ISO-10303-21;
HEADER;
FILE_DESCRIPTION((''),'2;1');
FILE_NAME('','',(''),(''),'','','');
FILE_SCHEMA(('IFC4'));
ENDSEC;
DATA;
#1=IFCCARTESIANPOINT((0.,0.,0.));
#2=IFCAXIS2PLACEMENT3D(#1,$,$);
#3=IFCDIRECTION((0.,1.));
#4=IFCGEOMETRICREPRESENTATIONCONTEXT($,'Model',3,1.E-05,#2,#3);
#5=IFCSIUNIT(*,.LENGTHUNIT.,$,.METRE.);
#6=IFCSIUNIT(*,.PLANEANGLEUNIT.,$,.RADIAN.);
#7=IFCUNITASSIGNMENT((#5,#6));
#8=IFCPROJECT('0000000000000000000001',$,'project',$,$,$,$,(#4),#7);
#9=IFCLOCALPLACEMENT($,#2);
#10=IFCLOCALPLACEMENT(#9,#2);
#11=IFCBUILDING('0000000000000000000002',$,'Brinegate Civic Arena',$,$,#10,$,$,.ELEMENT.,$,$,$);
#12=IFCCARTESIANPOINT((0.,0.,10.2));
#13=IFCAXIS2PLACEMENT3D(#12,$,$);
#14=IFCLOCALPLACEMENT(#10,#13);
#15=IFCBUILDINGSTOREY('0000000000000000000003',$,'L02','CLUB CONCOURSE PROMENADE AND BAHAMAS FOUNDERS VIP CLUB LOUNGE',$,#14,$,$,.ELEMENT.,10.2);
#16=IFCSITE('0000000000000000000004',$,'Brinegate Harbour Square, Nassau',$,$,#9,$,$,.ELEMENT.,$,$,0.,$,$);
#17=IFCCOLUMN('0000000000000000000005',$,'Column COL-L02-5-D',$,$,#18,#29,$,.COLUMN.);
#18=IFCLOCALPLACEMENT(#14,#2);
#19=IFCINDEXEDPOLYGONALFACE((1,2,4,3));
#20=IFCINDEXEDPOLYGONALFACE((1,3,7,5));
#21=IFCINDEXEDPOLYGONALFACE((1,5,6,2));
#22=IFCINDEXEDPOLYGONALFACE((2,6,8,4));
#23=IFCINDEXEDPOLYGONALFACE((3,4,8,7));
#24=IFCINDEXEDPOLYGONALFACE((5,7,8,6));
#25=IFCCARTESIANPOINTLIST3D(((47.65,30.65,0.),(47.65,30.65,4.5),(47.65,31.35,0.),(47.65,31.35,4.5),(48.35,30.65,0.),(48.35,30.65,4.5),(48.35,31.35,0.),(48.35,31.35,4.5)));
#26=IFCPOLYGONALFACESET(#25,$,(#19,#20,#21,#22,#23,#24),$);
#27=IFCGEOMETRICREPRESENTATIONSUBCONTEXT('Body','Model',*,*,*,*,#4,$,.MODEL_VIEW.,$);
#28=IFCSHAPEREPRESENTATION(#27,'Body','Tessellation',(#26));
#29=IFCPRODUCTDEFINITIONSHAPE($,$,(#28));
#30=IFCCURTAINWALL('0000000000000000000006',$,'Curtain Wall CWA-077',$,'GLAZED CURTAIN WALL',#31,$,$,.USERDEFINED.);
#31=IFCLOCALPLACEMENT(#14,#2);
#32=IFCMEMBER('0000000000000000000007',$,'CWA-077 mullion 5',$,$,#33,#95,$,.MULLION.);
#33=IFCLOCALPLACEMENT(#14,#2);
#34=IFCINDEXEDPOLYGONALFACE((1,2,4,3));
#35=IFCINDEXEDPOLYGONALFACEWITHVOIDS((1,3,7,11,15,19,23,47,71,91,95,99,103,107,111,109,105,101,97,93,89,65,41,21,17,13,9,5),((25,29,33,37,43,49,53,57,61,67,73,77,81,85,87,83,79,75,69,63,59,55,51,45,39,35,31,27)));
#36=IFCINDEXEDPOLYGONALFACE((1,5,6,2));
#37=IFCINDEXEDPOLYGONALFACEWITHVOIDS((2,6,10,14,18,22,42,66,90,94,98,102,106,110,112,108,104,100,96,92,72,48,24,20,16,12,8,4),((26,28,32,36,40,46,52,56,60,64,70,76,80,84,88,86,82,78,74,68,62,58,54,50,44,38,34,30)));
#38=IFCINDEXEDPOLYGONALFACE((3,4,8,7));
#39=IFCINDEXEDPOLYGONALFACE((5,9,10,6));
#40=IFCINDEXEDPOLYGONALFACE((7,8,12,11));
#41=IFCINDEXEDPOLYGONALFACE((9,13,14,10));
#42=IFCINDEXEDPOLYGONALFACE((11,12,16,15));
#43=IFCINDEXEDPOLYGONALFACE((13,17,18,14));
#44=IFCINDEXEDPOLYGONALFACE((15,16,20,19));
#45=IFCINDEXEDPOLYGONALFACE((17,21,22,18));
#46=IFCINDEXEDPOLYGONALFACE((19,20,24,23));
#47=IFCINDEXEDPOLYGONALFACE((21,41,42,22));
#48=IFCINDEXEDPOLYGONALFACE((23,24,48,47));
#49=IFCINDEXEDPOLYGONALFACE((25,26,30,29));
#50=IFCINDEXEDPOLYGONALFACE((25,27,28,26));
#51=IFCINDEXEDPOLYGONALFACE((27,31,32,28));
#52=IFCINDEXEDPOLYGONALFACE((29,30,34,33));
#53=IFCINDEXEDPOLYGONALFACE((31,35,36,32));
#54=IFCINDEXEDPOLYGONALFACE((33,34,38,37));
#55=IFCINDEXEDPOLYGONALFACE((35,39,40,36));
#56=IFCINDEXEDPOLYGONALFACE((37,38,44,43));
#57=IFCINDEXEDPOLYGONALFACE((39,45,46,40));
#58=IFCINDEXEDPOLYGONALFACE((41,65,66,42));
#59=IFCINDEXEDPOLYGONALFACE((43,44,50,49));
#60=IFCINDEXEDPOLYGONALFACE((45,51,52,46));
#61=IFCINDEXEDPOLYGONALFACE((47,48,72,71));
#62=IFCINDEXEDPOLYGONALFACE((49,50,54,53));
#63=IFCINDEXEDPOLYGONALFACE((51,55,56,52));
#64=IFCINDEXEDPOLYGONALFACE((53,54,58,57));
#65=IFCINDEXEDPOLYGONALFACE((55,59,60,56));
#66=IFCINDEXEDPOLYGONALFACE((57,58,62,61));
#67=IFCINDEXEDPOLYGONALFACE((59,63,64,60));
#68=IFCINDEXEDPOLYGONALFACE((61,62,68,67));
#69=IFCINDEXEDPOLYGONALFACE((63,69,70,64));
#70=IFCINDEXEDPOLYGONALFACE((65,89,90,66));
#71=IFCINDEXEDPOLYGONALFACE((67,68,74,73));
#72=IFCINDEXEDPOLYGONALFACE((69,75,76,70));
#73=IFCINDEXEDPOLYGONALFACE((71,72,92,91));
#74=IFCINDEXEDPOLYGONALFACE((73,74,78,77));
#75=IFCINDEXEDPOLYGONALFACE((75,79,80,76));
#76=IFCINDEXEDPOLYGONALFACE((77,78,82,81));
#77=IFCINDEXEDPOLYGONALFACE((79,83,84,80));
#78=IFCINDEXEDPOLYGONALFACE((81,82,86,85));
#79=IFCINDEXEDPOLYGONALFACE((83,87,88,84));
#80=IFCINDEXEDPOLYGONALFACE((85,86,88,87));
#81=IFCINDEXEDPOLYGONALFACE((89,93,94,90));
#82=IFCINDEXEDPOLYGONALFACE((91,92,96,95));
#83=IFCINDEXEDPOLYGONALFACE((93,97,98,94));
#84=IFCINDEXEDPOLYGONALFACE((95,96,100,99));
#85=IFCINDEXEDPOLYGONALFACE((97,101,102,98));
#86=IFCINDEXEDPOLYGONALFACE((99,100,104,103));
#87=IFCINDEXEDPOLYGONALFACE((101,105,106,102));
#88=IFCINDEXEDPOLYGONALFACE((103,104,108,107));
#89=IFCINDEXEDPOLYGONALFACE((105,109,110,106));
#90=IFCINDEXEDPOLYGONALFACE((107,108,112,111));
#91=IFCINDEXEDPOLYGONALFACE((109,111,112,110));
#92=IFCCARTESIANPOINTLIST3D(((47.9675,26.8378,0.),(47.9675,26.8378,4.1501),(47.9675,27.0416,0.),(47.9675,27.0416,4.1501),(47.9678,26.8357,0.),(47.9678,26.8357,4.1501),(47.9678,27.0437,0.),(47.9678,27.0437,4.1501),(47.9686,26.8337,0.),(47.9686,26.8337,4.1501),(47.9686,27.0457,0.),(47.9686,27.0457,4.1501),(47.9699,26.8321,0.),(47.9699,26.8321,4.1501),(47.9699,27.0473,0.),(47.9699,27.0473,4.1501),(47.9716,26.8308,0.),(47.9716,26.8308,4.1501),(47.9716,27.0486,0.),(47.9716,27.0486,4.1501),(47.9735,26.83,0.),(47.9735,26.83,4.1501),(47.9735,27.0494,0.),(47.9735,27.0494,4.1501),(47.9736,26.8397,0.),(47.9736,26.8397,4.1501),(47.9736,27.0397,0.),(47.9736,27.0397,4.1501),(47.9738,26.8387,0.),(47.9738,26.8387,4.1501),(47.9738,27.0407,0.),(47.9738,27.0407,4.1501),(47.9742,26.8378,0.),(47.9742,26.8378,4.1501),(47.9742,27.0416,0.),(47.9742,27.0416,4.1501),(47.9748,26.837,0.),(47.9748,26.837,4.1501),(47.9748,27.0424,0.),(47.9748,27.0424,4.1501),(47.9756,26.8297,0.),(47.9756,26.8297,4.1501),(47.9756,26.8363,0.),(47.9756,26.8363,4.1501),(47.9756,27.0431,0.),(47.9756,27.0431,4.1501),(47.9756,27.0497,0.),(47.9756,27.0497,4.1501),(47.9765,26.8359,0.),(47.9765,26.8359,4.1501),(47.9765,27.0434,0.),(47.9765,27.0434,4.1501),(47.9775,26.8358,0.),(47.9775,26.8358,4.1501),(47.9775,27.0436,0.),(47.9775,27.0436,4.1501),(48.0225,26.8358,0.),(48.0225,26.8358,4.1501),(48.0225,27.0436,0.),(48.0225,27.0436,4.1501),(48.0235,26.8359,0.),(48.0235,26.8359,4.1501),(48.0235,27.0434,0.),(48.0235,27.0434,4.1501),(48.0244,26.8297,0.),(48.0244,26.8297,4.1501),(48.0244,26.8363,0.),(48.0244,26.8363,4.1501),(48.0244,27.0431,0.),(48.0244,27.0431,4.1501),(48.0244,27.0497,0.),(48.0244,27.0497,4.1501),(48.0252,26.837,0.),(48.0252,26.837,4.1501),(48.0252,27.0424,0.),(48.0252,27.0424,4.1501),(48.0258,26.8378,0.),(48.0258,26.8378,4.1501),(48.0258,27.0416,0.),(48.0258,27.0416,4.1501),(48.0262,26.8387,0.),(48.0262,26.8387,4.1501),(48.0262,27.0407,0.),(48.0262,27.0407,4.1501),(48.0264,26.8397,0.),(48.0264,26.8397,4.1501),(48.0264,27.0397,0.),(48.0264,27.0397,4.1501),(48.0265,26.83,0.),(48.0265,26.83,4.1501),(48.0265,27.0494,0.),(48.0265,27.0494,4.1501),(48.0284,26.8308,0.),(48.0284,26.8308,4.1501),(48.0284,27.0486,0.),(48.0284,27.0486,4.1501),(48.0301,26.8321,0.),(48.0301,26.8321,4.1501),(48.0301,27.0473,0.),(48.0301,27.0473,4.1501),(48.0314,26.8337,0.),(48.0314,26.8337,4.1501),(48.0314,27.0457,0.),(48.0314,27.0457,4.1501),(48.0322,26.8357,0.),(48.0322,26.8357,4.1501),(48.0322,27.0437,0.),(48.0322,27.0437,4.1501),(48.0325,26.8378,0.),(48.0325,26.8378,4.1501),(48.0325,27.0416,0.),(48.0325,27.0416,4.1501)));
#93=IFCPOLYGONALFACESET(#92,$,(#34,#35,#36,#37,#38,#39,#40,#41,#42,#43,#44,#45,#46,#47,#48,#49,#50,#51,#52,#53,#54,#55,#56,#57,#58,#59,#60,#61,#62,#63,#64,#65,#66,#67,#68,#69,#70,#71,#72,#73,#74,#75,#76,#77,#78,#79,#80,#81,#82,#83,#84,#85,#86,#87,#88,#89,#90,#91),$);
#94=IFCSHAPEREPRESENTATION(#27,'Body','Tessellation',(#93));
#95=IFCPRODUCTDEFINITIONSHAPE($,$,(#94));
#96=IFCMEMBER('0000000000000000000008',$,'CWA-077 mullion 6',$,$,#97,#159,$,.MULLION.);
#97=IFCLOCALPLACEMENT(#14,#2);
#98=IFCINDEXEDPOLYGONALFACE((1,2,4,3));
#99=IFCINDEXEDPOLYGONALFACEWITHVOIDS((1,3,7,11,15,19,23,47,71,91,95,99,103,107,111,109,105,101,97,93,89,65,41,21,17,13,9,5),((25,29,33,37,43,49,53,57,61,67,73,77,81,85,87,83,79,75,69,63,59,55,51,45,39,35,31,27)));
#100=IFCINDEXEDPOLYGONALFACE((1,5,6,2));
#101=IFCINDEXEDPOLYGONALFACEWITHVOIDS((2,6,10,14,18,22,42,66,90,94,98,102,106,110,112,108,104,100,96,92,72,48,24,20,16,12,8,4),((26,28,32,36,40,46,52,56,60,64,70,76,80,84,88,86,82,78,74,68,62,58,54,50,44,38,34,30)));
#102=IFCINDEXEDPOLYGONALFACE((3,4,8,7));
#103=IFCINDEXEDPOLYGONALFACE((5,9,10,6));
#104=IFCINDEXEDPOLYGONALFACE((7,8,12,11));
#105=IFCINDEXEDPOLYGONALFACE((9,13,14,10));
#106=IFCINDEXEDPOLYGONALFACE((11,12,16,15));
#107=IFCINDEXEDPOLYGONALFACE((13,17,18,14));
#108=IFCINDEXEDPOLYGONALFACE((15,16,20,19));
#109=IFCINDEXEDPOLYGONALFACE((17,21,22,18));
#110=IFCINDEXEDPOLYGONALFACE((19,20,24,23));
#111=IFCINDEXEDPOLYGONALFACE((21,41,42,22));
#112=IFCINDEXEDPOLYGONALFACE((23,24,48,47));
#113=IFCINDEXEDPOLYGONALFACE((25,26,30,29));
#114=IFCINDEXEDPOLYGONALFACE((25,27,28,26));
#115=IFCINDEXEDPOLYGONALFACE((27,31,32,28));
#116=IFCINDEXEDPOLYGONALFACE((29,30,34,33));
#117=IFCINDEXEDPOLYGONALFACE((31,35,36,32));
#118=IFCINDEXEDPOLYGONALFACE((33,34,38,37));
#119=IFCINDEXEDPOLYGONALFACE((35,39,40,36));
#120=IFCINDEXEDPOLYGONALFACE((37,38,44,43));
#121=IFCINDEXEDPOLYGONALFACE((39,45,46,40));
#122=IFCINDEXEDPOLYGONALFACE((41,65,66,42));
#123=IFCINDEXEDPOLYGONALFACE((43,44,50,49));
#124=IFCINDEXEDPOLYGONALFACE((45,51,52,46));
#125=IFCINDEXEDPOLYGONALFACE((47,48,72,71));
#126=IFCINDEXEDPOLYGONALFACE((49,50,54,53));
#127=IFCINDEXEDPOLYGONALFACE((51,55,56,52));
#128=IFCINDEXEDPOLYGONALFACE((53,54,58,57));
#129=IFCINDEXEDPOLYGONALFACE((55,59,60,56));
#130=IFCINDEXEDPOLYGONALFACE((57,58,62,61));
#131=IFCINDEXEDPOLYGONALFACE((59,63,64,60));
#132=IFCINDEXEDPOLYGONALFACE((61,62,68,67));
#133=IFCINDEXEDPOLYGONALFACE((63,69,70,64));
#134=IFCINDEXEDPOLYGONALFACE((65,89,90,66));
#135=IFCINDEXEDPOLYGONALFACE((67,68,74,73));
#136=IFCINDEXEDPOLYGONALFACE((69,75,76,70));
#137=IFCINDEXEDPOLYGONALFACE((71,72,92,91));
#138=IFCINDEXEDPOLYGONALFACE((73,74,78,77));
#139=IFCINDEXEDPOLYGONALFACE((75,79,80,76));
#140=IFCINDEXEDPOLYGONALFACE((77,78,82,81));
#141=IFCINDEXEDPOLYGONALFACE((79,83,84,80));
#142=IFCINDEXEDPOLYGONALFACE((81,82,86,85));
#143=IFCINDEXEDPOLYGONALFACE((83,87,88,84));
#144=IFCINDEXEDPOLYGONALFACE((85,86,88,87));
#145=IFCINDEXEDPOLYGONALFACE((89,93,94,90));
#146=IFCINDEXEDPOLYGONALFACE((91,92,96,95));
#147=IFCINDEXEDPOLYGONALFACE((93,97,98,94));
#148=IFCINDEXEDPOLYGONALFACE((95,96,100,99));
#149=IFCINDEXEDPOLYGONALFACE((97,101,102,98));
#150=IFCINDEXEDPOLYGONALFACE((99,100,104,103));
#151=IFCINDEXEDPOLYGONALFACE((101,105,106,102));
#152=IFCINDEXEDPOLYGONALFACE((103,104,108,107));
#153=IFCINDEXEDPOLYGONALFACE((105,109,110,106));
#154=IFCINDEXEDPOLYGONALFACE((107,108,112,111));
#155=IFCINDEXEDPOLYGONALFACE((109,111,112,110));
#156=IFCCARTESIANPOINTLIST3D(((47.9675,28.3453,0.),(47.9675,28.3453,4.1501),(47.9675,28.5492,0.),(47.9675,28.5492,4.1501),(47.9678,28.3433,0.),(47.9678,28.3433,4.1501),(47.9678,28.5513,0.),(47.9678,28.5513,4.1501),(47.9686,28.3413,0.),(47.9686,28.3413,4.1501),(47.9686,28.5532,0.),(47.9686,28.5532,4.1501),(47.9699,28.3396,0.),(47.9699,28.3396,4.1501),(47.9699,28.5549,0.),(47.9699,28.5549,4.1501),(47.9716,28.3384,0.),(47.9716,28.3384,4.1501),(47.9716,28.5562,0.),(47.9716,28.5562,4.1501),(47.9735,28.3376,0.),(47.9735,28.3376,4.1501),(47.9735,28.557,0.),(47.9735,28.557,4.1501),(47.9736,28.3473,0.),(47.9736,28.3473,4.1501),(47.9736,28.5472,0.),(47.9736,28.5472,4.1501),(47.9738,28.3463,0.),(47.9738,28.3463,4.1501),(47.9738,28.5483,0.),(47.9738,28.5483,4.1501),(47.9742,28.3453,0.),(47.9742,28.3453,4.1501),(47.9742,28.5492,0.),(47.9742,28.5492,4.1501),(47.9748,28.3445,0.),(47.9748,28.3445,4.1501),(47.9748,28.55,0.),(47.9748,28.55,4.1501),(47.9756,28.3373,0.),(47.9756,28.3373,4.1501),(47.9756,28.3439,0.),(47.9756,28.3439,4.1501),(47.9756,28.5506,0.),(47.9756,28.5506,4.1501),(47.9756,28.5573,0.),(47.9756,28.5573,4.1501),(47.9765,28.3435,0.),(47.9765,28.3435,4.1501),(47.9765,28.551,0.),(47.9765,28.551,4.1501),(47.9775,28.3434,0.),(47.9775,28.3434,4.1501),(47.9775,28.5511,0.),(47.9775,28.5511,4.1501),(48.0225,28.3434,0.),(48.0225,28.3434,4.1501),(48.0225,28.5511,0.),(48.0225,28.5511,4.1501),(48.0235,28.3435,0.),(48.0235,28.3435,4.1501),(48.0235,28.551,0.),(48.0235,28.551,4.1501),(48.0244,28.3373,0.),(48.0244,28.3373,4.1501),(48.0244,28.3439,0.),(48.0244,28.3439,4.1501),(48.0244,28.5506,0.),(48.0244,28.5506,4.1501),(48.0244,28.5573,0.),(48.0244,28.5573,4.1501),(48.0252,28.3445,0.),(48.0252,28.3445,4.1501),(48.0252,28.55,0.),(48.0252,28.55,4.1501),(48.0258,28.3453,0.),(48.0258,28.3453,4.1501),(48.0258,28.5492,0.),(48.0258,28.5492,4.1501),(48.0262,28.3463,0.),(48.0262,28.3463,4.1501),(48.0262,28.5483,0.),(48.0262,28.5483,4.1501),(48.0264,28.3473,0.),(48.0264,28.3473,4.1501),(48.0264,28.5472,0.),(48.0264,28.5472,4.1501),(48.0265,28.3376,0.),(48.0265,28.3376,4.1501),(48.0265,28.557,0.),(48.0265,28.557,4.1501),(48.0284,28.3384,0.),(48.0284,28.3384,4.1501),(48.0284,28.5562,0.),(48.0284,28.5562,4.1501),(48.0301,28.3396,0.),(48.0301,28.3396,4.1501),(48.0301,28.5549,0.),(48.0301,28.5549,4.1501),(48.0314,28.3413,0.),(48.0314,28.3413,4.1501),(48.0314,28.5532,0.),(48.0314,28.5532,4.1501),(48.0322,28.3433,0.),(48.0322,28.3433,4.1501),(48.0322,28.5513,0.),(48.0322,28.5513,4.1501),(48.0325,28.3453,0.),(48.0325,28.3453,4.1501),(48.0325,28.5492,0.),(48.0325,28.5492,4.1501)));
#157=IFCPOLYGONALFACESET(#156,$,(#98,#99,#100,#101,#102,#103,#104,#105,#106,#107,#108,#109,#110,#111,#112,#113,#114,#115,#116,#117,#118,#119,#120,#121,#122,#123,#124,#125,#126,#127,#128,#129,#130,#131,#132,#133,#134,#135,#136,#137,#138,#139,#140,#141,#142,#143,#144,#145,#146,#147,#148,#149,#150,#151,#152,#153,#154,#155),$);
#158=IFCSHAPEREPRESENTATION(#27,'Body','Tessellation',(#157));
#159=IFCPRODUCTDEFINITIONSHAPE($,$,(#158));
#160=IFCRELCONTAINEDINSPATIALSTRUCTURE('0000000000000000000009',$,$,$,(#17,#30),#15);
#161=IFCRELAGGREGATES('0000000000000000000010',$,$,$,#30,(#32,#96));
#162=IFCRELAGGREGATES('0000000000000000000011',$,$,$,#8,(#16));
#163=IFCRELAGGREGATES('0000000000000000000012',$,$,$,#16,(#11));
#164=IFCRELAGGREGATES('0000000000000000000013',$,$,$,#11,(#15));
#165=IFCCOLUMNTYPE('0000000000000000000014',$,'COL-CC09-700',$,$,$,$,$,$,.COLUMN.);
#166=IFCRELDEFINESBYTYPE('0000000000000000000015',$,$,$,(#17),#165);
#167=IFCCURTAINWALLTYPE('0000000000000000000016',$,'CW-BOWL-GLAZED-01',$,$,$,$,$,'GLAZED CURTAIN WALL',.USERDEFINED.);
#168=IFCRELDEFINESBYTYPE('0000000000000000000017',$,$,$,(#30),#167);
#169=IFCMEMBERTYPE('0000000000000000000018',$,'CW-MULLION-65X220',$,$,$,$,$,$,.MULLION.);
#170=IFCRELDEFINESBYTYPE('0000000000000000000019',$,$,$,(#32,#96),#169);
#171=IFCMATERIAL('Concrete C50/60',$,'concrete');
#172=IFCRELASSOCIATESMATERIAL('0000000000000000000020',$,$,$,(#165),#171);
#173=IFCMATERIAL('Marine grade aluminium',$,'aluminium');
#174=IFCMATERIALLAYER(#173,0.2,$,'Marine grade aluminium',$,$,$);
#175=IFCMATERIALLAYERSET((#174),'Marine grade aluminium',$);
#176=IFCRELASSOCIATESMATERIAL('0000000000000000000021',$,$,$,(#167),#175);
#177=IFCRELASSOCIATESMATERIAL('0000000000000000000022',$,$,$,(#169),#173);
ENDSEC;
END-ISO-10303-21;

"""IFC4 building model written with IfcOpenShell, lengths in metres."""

from ifc_helpers import new_model, si_unit, direction, frame, origin, origin_2d, place, context, subcontext, project, spatial, rectangle, hollow_rectangle, extrude, material, layer, layer_set, material_profile, profile_set, type_object, element, aggregate, save


model = new_model("IFC4")

# Units and contexts
model_context = context("Model", 3, precision=1e-05, world=origin(), true_north=direction((0.0, 1.0)))
body_context = subcontext(model_context, "Body", "Model", "MODEL_VIEW")
ifc_project = project(units=[si_unit("LENGTHUNIT", "METRE"), si_unit("PLANEANGLEUNIT", "RADIAN")], contexts=[model_context])

# Site, building, storey
site_placement = place(None, origin())
site = spatial("IfcSite", under=ifc_project, at=site_placement, Name="Brinegate Harbour Square, Nassau", CompositionType="ELEMENT", RefElevation=0.0)
building_placement = place(site_placement, origin())
building = spatial("IfcBuilding", under=site, at=building_placement, Name="Brinegate Civic Arena", CompositionType="ELEMENT")
storey_placement = place(building_placement, frame((0.0, 0.0, 10.2)))
storey = spatial("IfcBuildingStorey", under=building, at=storey_placement, Name="L02", Description="CLUB CONCOURSE PROMENADE AND BAHAMAS FOUNDERS VIP CLUB LOUNGE", CompositionType="ELEMENT", Elevation=10.2)

# Column
ifc_material_1 = material(Name="Concrete C50/60", Category="concrete")
ifc_material_profile_1 = material_profile(ifc_material_1, rectangle(XDim=0.7, YDim=0.7, at=origin_2d()), Name="RC700X700")
ifc_profile_set_1 = profile_set([ifc_material_profile_1], Name="Concrete C50/60")
column_type = type_object("IfcColumnType", Name="COL-CC09-700", PredefinedType="COLUMN", material=ifc_profile_set_1)
column_placement = place(storey_placement, frame((48.0, 31.0, 0.0), z_axis=(0.0, 0.0, 1.0), x_axis=(1.0, 0.0, 0.0)))
element("IfcColumn", 1, at=column_placement, inside=storey, type_object=column_type, Name="Column COL-L02-5-D", PredefinedType="COLUMN", context=body_context, shape_type="SweptSolid", body=[
    extrude(rectangle(XDim=0.7, YDim=0.7, at=origin_2d()), origin(), (0.0, 0.0, 1.0), 4.5),
])

# Curtain wall, members
ifc_material_2 = material(Name="Marine grade aluminium", Category="aluminium")
ifc_layer_1 = layer(ifc_material_2, 0.2, Name="Marine grade aluminium")
ifc_layer_set_1 = layer_set([ifc_layer_1], Name="Marine grade aluminium")
curtain_wall_type = type_object("IfcCurtainWallType", Name="CW-BOWL-GLAZED-01", ElementType="GLAZED CURTAIN WALL", PredefinedType="USERDEFINED", material=ifc_layer_set_1)
curtain_wall_1_placement = place(storey_placement, origin())
curtain_wall_1 = element("IfcCurtainWall", 2, at=curtain_wall_1_placement, inside=storey, type_object=curtain_wall_type, Name="Curtain Wall CWA-077", ObjectType="GLAZED CURTAIN WALL", PredefinedType="USERDEFINED")
ifc_material_profile_2 = material_profile(ifc_material_2, hollow_rectangle(XDim=0.0649, YDim=0.22, WallThickness=0.0061, InnerFilletRadius=0.0039, OuterFilletRadius=0.0081, at=origin_2d()), Name="MUL65X220")
ifc_profile_set_2 = profile_set([ifc_material_profile_2], Name="Marine grade aluminium")
member_type_1 = type_object("IfcMemberType", Name="CW-MULLION-65X220", PredefinedType="MULLION", material=ifc_profile_set_2)
member_1_placement = place(storey_placement, frame((48.0, 26.9397, 0.0), z_axis=(0.0, 0.0, 1.0), x_axis=(-1.0, 0.0, 0.0)))
member_1 = element("IfcMember", 3, at=member_1_placement, type_object=member_type_1, Name="CWA-077 mullion 5", PredefinedType="MULLION", context=body_context, shape_type="SweptSolid", body=[
    extrude(hollow_rectangle(XDim=0.0649, YDim=0.22, WallThickness=0.0061, InnerFilletRadius=0.0039, OuterFilletRadius=0.0081, at=origin_2d()), origin(), (0.0, 0.0, 1.0), 4.1501),
])
member_2_placement = place(storey_placement, frame((48.0, 28.4473, 0.0), z_axis=(0.0, 0.0, 1.0), x_axis=(-1.0, 0.0, 0.0)))
member_2 = element("IfcMember", 4, at=member_2_placement, type_object=member_type_1, Name="CWA-077 mullion 6", PredefinedType="MULLION", context=body_context, shape_type="SweptSolid", body=[
    extrude(hollow_rectangle(XDim=0.0649, YDim=0.22, WallThickness=0.0061, InnerFilletRadius=0.0039, OuterFilletRadius=0.0081, at=origin_2d()), origin(), (0.0, 0.0, 1.0), 4.1501),
])

aggregate(curtain_wall_1, [member_1, member_2])

save(model, "model.ifc")
